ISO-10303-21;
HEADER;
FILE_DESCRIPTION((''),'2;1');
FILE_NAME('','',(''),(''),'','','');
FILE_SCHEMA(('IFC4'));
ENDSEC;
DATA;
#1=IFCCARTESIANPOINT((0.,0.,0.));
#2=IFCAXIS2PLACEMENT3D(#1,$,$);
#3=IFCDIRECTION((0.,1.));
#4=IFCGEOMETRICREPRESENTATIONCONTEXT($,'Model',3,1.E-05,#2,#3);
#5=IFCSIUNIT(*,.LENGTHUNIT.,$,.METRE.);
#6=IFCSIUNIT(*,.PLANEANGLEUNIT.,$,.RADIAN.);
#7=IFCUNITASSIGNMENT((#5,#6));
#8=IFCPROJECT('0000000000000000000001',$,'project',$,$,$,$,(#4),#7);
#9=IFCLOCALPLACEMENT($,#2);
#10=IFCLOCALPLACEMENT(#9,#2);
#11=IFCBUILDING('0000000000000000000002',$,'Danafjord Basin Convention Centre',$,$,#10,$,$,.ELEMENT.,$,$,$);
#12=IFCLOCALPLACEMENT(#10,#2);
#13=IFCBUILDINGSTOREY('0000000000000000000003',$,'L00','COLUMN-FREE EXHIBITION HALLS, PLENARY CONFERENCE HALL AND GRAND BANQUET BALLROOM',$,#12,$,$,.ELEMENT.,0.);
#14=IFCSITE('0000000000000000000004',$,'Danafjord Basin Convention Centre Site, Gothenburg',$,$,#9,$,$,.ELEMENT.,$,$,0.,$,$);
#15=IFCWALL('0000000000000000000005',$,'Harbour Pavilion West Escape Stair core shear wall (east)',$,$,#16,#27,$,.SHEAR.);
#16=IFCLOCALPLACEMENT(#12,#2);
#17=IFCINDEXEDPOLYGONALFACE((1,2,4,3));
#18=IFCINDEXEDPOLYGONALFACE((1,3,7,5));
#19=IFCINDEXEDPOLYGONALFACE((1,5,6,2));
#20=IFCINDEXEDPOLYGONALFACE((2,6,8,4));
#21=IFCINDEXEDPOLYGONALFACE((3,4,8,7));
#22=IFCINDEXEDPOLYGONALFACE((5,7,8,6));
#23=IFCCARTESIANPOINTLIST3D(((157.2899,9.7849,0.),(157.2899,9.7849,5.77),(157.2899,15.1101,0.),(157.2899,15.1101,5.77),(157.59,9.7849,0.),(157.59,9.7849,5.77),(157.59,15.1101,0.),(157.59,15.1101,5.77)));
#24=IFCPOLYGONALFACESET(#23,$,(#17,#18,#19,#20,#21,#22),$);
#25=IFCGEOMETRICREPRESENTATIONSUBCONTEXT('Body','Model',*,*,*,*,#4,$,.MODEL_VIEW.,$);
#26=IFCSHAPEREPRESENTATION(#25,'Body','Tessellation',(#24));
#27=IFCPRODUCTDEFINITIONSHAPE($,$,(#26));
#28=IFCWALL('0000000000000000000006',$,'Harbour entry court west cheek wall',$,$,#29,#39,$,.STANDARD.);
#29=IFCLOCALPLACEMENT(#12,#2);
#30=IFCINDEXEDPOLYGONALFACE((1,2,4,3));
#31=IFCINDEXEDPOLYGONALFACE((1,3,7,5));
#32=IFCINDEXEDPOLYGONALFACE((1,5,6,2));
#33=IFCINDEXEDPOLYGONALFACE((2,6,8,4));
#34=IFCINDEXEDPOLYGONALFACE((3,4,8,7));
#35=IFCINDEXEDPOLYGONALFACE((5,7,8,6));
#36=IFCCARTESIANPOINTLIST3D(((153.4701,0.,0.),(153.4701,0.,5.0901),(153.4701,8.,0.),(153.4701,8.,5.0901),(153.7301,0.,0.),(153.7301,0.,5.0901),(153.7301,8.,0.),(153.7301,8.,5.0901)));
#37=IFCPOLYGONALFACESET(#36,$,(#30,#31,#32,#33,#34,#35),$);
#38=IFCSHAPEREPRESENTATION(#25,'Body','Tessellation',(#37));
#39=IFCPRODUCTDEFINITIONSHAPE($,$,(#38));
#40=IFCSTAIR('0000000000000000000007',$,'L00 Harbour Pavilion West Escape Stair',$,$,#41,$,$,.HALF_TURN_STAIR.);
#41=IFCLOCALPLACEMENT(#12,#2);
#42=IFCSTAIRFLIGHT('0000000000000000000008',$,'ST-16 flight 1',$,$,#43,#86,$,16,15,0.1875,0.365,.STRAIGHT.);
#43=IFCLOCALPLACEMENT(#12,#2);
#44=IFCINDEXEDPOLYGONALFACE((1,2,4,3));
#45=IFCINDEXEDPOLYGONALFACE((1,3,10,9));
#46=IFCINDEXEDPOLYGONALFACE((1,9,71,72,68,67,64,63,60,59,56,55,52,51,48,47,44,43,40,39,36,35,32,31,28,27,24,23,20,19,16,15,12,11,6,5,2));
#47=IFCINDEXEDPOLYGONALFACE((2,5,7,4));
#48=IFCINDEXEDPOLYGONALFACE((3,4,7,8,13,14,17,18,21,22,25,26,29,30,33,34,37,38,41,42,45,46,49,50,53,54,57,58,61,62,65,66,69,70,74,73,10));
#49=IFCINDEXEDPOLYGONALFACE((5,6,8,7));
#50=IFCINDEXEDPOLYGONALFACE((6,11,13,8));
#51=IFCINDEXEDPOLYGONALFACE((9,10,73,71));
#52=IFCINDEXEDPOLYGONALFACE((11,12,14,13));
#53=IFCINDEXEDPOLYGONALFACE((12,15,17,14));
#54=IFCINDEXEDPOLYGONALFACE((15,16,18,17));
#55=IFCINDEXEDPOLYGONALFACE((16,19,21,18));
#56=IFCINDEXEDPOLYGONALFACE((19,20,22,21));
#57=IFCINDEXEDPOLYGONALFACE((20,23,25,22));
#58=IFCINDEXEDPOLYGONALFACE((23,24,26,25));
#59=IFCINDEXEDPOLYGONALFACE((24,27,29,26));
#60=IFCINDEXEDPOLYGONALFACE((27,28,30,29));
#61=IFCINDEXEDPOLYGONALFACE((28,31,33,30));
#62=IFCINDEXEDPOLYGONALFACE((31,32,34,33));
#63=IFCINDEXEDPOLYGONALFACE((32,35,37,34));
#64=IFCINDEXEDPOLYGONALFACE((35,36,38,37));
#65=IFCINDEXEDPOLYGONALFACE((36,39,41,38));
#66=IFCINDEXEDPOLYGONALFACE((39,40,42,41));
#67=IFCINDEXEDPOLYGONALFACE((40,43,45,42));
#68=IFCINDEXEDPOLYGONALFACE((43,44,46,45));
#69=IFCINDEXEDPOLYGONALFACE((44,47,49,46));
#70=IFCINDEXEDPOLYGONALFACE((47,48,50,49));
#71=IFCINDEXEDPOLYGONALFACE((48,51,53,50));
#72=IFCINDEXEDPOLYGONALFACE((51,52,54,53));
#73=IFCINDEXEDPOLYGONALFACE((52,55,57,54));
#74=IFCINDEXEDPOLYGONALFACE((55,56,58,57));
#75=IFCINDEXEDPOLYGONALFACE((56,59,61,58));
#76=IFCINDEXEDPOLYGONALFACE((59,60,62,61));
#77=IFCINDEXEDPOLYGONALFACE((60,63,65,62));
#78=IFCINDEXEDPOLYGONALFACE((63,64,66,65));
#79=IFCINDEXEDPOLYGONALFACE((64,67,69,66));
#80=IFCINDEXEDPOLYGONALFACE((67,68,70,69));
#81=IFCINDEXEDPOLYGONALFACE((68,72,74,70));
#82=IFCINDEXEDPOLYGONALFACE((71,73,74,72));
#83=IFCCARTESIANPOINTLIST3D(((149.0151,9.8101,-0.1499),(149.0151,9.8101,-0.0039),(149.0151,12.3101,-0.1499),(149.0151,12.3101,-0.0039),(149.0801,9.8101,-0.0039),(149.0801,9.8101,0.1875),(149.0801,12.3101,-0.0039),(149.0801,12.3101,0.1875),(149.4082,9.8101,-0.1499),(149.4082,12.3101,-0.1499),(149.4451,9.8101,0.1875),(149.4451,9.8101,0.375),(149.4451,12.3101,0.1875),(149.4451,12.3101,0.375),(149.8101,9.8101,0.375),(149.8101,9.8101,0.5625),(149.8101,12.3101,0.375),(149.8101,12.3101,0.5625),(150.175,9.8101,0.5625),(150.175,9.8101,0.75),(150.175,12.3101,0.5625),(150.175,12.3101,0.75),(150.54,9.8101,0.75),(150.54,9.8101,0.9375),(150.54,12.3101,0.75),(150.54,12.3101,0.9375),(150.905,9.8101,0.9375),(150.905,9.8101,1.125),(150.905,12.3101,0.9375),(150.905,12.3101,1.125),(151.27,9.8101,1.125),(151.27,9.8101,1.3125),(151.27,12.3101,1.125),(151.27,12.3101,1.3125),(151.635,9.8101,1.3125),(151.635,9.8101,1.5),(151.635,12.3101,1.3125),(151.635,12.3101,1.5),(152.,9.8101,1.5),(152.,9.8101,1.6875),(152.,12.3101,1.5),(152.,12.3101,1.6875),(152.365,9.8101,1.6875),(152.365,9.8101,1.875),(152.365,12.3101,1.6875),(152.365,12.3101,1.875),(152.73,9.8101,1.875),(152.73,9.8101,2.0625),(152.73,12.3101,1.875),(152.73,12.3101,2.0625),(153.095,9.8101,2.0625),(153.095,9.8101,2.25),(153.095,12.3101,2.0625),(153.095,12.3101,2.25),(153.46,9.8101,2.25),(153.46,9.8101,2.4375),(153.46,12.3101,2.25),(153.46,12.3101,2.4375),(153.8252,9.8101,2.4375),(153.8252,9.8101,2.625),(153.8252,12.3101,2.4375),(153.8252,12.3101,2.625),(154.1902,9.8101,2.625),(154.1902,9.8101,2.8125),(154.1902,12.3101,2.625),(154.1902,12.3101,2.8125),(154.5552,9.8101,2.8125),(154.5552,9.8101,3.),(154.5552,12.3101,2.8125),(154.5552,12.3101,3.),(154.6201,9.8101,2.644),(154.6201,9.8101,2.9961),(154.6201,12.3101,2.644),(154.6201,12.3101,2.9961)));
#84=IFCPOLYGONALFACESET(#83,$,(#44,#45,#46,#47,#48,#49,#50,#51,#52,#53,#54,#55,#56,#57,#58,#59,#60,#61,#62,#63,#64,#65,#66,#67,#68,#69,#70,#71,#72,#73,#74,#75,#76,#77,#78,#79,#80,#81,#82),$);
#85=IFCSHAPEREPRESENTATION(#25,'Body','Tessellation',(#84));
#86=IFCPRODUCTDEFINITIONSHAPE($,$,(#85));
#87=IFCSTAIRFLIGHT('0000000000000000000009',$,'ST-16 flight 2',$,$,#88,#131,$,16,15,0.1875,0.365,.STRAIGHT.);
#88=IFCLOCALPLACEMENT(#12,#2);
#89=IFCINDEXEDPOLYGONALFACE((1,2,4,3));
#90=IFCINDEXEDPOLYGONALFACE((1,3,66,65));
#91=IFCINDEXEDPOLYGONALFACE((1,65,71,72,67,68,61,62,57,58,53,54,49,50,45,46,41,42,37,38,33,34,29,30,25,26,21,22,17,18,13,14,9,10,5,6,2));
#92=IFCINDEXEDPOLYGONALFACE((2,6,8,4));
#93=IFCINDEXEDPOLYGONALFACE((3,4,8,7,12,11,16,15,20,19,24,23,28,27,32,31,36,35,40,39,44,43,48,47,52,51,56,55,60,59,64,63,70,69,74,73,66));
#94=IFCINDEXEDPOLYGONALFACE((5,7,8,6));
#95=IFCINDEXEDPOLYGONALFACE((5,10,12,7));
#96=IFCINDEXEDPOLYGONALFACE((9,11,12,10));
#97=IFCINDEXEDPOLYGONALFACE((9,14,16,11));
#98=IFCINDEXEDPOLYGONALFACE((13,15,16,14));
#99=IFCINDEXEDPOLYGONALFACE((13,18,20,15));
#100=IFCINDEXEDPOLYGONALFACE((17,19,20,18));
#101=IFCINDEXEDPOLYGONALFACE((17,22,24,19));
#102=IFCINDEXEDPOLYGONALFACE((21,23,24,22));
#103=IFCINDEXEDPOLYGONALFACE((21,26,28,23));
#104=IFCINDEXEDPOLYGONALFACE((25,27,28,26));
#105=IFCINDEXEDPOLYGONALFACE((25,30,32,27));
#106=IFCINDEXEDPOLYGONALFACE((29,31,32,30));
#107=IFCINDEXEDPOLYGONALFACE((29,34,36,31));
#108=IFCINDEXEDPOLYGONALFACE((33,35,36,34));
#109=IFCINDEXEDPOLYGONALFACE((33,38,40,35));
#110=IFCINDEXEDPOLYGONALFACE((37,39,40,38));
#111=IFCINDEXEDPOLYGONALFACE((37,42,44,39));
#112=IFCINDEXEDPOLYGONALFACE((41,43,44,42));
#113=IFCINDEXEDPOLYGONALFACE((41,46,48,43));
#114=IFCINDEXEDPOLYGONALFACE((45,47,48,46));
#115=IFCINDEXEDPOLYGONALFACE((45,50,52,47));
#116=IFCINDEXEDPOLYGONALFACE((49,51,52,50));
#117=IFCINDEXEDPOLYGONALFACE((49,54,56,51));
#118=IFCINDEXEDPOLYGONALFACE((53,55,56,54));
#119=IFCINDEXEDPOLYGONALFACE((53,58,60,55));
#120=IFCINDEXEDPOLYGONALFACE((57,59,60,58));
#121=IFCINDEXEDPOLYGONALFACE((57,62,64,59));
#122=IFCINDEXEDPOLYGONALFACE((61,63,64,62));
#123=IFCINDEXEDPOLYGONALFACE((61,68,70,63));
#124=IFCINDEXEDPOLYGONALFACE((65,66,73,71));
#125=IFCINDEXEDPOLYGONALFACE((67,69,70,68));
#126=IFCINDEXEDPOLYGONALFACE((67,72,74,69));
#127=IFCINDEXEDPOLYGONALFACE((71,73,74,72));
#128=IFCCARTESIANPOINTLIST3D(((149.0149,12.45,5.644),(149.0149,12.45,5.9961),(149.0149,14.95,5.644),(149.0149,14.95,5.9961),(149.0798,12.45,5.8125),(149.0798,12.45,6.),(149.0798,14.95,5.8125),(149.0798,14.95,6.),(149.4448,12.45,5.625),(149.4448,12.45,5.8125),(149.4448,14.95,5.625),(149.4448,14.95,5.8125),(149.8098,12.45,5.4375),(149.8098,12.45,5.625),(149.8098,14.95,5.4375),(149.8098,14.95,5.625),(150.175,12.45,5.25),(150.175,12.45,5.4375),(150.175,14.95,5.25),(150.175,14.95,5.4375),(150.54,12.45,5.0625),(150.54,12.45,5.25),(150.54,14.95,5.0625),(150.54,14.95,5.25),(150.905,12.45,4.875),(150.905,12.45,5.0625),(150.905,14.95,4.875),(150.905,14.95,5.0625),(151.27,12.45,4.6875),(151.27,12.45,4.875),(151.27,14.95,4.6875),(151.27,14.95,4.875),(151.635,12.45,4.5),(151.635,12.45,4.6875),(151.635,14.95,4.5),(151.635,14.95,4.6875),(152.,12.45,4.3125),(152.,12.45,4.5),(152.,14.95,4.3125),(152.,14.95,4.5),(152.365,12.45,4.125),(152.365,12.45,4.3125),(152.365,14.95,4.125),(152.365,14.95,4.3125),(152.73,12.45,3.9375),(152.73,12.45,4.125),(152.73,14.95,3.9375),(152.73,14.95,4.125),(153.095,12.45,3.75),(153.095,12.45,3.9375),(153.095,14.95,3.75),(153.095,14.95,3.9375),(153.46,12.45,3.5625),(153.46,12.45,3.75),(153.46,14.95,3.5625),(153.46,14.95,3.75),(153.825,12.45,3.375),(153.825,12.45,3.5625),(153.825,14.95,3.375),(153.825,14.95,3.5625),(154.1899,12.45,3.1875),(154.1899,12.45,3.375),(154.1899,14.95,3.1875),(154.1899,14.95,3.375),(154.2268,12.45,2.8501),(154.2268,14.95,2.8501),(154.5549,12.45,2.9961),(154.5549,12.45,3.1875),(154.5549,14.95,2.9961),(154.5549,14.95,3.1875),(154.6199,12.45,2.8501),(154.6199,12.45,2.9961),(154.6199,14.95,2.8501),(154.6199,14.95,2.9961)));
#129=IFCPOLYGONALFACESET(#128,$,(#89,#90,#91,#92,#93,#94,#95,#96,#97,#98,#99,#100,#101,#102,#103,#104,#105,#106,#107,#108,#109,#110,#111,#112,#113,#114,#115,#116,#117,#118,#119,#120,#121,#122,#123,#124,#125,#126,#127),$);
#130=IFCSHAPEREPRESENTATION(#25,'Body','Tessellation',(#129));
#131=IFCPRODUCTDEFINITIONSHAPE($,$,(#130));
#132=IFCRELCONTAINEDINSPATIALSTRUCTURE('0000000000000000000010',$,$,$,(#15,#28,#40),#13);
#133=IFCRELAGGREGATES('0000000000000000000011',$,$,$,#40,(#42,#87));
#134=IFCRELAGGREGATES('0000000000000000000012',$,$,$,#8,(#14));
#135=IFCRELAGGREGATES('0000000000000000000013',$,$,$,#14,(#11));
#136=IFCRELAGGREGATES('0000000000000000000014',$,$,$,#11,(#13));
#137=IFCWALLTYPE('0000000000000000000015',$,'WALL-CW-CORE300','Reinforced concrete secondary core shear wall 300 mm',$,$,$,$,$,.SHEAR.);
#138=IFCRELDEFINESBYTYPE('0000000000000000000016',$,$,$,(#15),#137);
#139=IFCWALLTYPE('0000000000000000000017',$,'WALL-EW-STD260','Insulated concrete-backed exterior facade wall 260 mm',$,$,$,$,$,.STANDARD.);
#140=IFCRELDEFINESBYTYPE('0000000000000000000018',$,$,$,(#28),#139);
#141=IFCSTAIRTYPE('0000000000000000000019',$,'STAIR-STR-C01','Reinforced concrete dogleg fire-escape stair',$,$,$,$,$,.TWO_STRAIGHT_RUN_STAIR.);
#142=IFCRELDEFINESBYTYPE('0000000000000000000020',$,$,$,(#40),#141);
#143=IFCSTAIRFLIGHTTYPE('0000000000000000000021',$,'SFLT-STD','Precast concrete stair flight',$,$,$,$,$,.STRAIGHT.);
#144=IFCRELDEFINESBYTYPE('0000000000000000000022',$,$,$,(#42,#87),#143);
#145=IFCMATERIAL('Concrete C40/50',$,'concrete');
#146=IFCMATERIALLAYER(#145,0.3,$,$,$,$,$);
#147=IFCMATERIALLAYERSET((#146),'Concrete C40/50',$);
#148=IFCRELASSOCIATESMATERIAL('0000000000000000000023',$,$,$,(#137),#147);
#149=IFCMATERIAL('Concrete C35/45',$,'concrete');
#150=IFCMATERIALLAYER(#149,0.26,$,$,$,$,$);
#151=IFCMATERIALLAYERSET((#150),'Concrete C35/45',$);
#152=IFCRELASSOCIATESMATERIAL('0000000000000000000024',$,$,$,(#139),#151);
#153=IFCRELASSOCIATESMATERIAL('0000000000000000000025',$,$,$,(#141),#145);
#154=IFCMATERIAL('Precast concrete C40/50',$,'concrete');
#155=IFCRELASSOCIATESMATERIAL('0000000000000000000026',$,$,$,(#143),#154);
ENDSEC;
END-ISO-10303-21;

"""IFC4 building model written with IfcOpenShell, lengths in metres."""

from ifc_helpers import new_model, si_unit, direction, frame, frame_2d, origin, place, context, subcontext, project, spatial, polyline, rectangle, outline, extrude, material, layer, layer_set, type_object, element, aggregate, save


model = new_model("IFC4")

# Units and contexts
model_context = context("Model", 3, precision=1e-05, world=origin(), true_north=direction((0.0, 1.0)))
body_context = subcontext(model_context, "Body", "Model", "MODEL_VIEW")
ifc_project = project(units=[si_unit("LENGTHUNIT", "METRE"), si_unit("PLANEANGLEUNIT", "RADIAN")], contexts=[model_context])

# Site, building, storey
site_placement = place(None, origin())
site = spatial("IfcSite", under=ifc_project, at=site_placement, Name="Danafjord Basin Convention Centre Site, Gothenburg", CompositionType="ELEMENT", RefElevation=0.0)
building_placement = place(site_placement, origin())
building = spatial("IfcBuilding", under=site, at=building_placement, Name="Danafjord Basin Convention Centre", CompositionType="ELEMENT")
storey_placement = place(building_placement, origin())
storey = spatial("IfcBuildingStorey", under=building, at=storey_placement, Name="L00", Description="COLUMN-FREE EXHIBITION HALLS, PLENARY CONFERENCE HALL AND GRAND BANQUET BALLROOM", CompositionType="ELEMENT", Elevation=0.0)

# Shared definitions
ifc_material_1 = material(Name="Concrete C35/45", Category="concrete")

# Walls
ifc_material_2 = material(Name="Concrete C40/50", Category="concrete")
ifc_layer_1 = layer(ifc_material_2, 0.3)
ifc_layer_set_1 = layer_set([ifc_layer_1], Name="Concrete C40/50")
wall_type_1 = type_object("IfcWallType", Name="WALL-CW-CORE300", Description="Reinforced concrete secondary core shear wall 300 mm", PredefinedType="SHEAR", material=ifc_layer_set_1)
wall_1_placement = place(storey_placement, frame((157.4399, 15.1101, 0.0), z_axis=(0.0, 0.0, 1.0), x_axis=(0.0, -1.0, 0.0)))
element("IfcWall", 1, at=wall_1_placement, inside=storey, type_object=wall_type_1, Name="Harbour Pavilion West Escape Stair core shear wall (east)", PredefinedType="SHEAR", context=body_context, shape_type="SweptSolid", body=[
    extrude(rectangle(XDim=5.3252, YDim=0.3, at=frame_2d((2.6626, 0.0))), origin(), (0.0, 0.0, 1.0), 5.77),
])
ifc_layer_2 = layer(ifc_material_1, 0.26)
ifc_layer_set_2 = layer_set([ifc_layer_2], Name="Concrete C35/45")
wall_type_2 = type_object("IfcWallType", Name="WALL-EW-STD260", Description="Insulated concrete-backed exterior facade wall 260 mm", PredefinedType="STANDARD", material=ifc_layer_set_2)
wall_2_placement = place(storey_placement, frame((153.6001, 0.0, 0.0), z_axis=(0.0, 0.0, 1.0), x_axis=(0.0, 1.0, 0.0)))
element("IfcWall", 2, at=wall_2_placement, inside=storey, type_object=wall_type_2, Name="Harbour entry court west cheek wall", PredefinedType="STANDARD", context=body_context, shape_type="SweptSolid", body=[
    extrude(rectangle(XDim=8.0, YDim=0.26, at=frame_2d((4.0, 0.0))), origin(), (0.0, 0.0, 1.0), 5.0901),
])

# Stair, stair flights
stair_type = type_object("IfcStairType", Name="STAIR-STR-C01", Description="Reinforced concrete dogleg fire-escape stair", PredefinedType="TWO_STRAIGHT_RUN_STAIR", material=ifc_material_2)
stair_placement = place(storey_placement, origin())
stair = element("IfcStair", 3, at=stair_placement, inside=storey, type_object=stair_type, Name="L00 Harbour Pavilion West Escape Stair", PredefinedType="HALF_TURN_STAIR")
ifc_material_3 = material(Name="Precast concrete C40/50", Category="concrete")
stair_flight_type = type_object("IfcStairFlightType", Name="SFLT-STD", Description="Precast concrete stair flight", PredefinedType="STRAIGHT", material=ifc_material_3)
stair_flight_1_placement = place(storey_placement, frame((149.0801, 11.0601, 0.0), z_axis=(0.0, 0.0, 1.0), x_axis=(1.0, 0.0, 0.0)))
stair_flight_1 = element("IfcStairFlight", 4, at=stair_flight_1_placement, type_object=stair_flight_type, Name="ST-16 flight 1", NumberOfRisers=16, NumberOfTreads=15, PredefinedType="STRAIGHT", RiserHeight=0.1875, TreadLength=0.365, context=body_context, shape_type="SweptSolid", body=[
    extrude(outline(polyline([(-0.0649, -0.1499), (-0.0649, -0.0039), (0.0, -0.0039), (0.0, 0.1875), (0.365, 0.1875), (0.365, 0.375), (0.73, 0.375), (0.73, 0.5625), (1.095, 0.5625), (1.095, 0.75), (1.46, 0.75), (1.46, 0.9375), (1.825, 0.9375), (1.825, 1.125), (2.1899, 1.125), (2.1899, 1.3125), (2.5549, 1.3125), (2.5549, 1.5), (2.9199, 1.5), (2.9199, 1.6875), (3.2849, 1.6875), (3.2849, 1.875), (3.6499, 1.875), (3.6499, 2.0625), (4.0149, 2.0625), (4.0149, 2.25), (4.3799, 2.25), (4.3799, 2.4375), (4.7451, 2.4375), (4.7451, 2.625), (5.1101, 2.625), (5.1101, 2.8125), (5.4751, 2.8125), (5.4751, 3.0), (5.54, 2.9961), (5.54, 2.644), (0.3281, -0.1499), (-0.0649, -0.1499)])), frame((0.0, 1.25, 0.0), z_axis=(0.0, -1.0, 0.0), x_axis=(1.0, 0.0, 0.0)), (0.0, 0.0, 1.0), 2.5),
])
stair_flight_2_placement = place(storey_placement, frame((154.5549, 13.7, 3.0), z_axis=(0.0, 0.0, 1.0), x_axis=(-1.0, 0.0, 0.0)))
stair_flight_2 = element("IfcStairFlight", 5, at=stair_flight_2_placement, type_object=stair_flight_type, Name="ST-16 flight 2", NumberOfRisers=16, NumberOfTreads=15, PredefinedType="STRAIGHT", RiserHeight=0.1875, TreadLength=0.365, context=body_context, shape_type="SweptSolid", body=[
    extrude(outline(polyline([(-0.0649, -0.1499), (-0.0649, -0.0039), (0.0, -0.0039), (0.0, 0.1875), (0.365, 0.1875), (0.365, 0.375), (0.73, 0.375), (0.73, 0.5625), (1.095, 0.5625), (1.095, 0.75), (1.46, 0.75), (1.46, 0.9375), (1.825, 0.9375), (1.825, 1.125), (2.1899, 1.125), (2.1899, 1.3125), (2.5549, 1.3125), (2.5549, 1.5), (2.9199, 1.5), (2.9199, 1.6875), (3.2849, 1.6875), (3.2849, 1.875), (3.6499, 1.875), (3.6499, 2.0625), (4.0149, 2.0625), (4.0149, 2.25), (4.3799, 2.25), (4.3799, 2.4375), (4.7451, 2.4375), (4.7451, 2.625), (5.1101, 2.625), (5.1101, 2.8125), (5.4751, 2.8125), (5.4751, 3.0), (5.54, 2.9961), (5.54, 2.644), (0.3281, -0.1499), (-0.0649, -0.1499)])), frame((0.0, 1.25, 0.0), z_axis=(0.0, -1.0, 0.0), x_axis=(1.0, 0.0, 0.0)), (0.0, 0.0, 1.0), 2.5),
])
aggregate(stair, [stair_flight_1, stair_flight_2])

save(model, "model.ifc")
